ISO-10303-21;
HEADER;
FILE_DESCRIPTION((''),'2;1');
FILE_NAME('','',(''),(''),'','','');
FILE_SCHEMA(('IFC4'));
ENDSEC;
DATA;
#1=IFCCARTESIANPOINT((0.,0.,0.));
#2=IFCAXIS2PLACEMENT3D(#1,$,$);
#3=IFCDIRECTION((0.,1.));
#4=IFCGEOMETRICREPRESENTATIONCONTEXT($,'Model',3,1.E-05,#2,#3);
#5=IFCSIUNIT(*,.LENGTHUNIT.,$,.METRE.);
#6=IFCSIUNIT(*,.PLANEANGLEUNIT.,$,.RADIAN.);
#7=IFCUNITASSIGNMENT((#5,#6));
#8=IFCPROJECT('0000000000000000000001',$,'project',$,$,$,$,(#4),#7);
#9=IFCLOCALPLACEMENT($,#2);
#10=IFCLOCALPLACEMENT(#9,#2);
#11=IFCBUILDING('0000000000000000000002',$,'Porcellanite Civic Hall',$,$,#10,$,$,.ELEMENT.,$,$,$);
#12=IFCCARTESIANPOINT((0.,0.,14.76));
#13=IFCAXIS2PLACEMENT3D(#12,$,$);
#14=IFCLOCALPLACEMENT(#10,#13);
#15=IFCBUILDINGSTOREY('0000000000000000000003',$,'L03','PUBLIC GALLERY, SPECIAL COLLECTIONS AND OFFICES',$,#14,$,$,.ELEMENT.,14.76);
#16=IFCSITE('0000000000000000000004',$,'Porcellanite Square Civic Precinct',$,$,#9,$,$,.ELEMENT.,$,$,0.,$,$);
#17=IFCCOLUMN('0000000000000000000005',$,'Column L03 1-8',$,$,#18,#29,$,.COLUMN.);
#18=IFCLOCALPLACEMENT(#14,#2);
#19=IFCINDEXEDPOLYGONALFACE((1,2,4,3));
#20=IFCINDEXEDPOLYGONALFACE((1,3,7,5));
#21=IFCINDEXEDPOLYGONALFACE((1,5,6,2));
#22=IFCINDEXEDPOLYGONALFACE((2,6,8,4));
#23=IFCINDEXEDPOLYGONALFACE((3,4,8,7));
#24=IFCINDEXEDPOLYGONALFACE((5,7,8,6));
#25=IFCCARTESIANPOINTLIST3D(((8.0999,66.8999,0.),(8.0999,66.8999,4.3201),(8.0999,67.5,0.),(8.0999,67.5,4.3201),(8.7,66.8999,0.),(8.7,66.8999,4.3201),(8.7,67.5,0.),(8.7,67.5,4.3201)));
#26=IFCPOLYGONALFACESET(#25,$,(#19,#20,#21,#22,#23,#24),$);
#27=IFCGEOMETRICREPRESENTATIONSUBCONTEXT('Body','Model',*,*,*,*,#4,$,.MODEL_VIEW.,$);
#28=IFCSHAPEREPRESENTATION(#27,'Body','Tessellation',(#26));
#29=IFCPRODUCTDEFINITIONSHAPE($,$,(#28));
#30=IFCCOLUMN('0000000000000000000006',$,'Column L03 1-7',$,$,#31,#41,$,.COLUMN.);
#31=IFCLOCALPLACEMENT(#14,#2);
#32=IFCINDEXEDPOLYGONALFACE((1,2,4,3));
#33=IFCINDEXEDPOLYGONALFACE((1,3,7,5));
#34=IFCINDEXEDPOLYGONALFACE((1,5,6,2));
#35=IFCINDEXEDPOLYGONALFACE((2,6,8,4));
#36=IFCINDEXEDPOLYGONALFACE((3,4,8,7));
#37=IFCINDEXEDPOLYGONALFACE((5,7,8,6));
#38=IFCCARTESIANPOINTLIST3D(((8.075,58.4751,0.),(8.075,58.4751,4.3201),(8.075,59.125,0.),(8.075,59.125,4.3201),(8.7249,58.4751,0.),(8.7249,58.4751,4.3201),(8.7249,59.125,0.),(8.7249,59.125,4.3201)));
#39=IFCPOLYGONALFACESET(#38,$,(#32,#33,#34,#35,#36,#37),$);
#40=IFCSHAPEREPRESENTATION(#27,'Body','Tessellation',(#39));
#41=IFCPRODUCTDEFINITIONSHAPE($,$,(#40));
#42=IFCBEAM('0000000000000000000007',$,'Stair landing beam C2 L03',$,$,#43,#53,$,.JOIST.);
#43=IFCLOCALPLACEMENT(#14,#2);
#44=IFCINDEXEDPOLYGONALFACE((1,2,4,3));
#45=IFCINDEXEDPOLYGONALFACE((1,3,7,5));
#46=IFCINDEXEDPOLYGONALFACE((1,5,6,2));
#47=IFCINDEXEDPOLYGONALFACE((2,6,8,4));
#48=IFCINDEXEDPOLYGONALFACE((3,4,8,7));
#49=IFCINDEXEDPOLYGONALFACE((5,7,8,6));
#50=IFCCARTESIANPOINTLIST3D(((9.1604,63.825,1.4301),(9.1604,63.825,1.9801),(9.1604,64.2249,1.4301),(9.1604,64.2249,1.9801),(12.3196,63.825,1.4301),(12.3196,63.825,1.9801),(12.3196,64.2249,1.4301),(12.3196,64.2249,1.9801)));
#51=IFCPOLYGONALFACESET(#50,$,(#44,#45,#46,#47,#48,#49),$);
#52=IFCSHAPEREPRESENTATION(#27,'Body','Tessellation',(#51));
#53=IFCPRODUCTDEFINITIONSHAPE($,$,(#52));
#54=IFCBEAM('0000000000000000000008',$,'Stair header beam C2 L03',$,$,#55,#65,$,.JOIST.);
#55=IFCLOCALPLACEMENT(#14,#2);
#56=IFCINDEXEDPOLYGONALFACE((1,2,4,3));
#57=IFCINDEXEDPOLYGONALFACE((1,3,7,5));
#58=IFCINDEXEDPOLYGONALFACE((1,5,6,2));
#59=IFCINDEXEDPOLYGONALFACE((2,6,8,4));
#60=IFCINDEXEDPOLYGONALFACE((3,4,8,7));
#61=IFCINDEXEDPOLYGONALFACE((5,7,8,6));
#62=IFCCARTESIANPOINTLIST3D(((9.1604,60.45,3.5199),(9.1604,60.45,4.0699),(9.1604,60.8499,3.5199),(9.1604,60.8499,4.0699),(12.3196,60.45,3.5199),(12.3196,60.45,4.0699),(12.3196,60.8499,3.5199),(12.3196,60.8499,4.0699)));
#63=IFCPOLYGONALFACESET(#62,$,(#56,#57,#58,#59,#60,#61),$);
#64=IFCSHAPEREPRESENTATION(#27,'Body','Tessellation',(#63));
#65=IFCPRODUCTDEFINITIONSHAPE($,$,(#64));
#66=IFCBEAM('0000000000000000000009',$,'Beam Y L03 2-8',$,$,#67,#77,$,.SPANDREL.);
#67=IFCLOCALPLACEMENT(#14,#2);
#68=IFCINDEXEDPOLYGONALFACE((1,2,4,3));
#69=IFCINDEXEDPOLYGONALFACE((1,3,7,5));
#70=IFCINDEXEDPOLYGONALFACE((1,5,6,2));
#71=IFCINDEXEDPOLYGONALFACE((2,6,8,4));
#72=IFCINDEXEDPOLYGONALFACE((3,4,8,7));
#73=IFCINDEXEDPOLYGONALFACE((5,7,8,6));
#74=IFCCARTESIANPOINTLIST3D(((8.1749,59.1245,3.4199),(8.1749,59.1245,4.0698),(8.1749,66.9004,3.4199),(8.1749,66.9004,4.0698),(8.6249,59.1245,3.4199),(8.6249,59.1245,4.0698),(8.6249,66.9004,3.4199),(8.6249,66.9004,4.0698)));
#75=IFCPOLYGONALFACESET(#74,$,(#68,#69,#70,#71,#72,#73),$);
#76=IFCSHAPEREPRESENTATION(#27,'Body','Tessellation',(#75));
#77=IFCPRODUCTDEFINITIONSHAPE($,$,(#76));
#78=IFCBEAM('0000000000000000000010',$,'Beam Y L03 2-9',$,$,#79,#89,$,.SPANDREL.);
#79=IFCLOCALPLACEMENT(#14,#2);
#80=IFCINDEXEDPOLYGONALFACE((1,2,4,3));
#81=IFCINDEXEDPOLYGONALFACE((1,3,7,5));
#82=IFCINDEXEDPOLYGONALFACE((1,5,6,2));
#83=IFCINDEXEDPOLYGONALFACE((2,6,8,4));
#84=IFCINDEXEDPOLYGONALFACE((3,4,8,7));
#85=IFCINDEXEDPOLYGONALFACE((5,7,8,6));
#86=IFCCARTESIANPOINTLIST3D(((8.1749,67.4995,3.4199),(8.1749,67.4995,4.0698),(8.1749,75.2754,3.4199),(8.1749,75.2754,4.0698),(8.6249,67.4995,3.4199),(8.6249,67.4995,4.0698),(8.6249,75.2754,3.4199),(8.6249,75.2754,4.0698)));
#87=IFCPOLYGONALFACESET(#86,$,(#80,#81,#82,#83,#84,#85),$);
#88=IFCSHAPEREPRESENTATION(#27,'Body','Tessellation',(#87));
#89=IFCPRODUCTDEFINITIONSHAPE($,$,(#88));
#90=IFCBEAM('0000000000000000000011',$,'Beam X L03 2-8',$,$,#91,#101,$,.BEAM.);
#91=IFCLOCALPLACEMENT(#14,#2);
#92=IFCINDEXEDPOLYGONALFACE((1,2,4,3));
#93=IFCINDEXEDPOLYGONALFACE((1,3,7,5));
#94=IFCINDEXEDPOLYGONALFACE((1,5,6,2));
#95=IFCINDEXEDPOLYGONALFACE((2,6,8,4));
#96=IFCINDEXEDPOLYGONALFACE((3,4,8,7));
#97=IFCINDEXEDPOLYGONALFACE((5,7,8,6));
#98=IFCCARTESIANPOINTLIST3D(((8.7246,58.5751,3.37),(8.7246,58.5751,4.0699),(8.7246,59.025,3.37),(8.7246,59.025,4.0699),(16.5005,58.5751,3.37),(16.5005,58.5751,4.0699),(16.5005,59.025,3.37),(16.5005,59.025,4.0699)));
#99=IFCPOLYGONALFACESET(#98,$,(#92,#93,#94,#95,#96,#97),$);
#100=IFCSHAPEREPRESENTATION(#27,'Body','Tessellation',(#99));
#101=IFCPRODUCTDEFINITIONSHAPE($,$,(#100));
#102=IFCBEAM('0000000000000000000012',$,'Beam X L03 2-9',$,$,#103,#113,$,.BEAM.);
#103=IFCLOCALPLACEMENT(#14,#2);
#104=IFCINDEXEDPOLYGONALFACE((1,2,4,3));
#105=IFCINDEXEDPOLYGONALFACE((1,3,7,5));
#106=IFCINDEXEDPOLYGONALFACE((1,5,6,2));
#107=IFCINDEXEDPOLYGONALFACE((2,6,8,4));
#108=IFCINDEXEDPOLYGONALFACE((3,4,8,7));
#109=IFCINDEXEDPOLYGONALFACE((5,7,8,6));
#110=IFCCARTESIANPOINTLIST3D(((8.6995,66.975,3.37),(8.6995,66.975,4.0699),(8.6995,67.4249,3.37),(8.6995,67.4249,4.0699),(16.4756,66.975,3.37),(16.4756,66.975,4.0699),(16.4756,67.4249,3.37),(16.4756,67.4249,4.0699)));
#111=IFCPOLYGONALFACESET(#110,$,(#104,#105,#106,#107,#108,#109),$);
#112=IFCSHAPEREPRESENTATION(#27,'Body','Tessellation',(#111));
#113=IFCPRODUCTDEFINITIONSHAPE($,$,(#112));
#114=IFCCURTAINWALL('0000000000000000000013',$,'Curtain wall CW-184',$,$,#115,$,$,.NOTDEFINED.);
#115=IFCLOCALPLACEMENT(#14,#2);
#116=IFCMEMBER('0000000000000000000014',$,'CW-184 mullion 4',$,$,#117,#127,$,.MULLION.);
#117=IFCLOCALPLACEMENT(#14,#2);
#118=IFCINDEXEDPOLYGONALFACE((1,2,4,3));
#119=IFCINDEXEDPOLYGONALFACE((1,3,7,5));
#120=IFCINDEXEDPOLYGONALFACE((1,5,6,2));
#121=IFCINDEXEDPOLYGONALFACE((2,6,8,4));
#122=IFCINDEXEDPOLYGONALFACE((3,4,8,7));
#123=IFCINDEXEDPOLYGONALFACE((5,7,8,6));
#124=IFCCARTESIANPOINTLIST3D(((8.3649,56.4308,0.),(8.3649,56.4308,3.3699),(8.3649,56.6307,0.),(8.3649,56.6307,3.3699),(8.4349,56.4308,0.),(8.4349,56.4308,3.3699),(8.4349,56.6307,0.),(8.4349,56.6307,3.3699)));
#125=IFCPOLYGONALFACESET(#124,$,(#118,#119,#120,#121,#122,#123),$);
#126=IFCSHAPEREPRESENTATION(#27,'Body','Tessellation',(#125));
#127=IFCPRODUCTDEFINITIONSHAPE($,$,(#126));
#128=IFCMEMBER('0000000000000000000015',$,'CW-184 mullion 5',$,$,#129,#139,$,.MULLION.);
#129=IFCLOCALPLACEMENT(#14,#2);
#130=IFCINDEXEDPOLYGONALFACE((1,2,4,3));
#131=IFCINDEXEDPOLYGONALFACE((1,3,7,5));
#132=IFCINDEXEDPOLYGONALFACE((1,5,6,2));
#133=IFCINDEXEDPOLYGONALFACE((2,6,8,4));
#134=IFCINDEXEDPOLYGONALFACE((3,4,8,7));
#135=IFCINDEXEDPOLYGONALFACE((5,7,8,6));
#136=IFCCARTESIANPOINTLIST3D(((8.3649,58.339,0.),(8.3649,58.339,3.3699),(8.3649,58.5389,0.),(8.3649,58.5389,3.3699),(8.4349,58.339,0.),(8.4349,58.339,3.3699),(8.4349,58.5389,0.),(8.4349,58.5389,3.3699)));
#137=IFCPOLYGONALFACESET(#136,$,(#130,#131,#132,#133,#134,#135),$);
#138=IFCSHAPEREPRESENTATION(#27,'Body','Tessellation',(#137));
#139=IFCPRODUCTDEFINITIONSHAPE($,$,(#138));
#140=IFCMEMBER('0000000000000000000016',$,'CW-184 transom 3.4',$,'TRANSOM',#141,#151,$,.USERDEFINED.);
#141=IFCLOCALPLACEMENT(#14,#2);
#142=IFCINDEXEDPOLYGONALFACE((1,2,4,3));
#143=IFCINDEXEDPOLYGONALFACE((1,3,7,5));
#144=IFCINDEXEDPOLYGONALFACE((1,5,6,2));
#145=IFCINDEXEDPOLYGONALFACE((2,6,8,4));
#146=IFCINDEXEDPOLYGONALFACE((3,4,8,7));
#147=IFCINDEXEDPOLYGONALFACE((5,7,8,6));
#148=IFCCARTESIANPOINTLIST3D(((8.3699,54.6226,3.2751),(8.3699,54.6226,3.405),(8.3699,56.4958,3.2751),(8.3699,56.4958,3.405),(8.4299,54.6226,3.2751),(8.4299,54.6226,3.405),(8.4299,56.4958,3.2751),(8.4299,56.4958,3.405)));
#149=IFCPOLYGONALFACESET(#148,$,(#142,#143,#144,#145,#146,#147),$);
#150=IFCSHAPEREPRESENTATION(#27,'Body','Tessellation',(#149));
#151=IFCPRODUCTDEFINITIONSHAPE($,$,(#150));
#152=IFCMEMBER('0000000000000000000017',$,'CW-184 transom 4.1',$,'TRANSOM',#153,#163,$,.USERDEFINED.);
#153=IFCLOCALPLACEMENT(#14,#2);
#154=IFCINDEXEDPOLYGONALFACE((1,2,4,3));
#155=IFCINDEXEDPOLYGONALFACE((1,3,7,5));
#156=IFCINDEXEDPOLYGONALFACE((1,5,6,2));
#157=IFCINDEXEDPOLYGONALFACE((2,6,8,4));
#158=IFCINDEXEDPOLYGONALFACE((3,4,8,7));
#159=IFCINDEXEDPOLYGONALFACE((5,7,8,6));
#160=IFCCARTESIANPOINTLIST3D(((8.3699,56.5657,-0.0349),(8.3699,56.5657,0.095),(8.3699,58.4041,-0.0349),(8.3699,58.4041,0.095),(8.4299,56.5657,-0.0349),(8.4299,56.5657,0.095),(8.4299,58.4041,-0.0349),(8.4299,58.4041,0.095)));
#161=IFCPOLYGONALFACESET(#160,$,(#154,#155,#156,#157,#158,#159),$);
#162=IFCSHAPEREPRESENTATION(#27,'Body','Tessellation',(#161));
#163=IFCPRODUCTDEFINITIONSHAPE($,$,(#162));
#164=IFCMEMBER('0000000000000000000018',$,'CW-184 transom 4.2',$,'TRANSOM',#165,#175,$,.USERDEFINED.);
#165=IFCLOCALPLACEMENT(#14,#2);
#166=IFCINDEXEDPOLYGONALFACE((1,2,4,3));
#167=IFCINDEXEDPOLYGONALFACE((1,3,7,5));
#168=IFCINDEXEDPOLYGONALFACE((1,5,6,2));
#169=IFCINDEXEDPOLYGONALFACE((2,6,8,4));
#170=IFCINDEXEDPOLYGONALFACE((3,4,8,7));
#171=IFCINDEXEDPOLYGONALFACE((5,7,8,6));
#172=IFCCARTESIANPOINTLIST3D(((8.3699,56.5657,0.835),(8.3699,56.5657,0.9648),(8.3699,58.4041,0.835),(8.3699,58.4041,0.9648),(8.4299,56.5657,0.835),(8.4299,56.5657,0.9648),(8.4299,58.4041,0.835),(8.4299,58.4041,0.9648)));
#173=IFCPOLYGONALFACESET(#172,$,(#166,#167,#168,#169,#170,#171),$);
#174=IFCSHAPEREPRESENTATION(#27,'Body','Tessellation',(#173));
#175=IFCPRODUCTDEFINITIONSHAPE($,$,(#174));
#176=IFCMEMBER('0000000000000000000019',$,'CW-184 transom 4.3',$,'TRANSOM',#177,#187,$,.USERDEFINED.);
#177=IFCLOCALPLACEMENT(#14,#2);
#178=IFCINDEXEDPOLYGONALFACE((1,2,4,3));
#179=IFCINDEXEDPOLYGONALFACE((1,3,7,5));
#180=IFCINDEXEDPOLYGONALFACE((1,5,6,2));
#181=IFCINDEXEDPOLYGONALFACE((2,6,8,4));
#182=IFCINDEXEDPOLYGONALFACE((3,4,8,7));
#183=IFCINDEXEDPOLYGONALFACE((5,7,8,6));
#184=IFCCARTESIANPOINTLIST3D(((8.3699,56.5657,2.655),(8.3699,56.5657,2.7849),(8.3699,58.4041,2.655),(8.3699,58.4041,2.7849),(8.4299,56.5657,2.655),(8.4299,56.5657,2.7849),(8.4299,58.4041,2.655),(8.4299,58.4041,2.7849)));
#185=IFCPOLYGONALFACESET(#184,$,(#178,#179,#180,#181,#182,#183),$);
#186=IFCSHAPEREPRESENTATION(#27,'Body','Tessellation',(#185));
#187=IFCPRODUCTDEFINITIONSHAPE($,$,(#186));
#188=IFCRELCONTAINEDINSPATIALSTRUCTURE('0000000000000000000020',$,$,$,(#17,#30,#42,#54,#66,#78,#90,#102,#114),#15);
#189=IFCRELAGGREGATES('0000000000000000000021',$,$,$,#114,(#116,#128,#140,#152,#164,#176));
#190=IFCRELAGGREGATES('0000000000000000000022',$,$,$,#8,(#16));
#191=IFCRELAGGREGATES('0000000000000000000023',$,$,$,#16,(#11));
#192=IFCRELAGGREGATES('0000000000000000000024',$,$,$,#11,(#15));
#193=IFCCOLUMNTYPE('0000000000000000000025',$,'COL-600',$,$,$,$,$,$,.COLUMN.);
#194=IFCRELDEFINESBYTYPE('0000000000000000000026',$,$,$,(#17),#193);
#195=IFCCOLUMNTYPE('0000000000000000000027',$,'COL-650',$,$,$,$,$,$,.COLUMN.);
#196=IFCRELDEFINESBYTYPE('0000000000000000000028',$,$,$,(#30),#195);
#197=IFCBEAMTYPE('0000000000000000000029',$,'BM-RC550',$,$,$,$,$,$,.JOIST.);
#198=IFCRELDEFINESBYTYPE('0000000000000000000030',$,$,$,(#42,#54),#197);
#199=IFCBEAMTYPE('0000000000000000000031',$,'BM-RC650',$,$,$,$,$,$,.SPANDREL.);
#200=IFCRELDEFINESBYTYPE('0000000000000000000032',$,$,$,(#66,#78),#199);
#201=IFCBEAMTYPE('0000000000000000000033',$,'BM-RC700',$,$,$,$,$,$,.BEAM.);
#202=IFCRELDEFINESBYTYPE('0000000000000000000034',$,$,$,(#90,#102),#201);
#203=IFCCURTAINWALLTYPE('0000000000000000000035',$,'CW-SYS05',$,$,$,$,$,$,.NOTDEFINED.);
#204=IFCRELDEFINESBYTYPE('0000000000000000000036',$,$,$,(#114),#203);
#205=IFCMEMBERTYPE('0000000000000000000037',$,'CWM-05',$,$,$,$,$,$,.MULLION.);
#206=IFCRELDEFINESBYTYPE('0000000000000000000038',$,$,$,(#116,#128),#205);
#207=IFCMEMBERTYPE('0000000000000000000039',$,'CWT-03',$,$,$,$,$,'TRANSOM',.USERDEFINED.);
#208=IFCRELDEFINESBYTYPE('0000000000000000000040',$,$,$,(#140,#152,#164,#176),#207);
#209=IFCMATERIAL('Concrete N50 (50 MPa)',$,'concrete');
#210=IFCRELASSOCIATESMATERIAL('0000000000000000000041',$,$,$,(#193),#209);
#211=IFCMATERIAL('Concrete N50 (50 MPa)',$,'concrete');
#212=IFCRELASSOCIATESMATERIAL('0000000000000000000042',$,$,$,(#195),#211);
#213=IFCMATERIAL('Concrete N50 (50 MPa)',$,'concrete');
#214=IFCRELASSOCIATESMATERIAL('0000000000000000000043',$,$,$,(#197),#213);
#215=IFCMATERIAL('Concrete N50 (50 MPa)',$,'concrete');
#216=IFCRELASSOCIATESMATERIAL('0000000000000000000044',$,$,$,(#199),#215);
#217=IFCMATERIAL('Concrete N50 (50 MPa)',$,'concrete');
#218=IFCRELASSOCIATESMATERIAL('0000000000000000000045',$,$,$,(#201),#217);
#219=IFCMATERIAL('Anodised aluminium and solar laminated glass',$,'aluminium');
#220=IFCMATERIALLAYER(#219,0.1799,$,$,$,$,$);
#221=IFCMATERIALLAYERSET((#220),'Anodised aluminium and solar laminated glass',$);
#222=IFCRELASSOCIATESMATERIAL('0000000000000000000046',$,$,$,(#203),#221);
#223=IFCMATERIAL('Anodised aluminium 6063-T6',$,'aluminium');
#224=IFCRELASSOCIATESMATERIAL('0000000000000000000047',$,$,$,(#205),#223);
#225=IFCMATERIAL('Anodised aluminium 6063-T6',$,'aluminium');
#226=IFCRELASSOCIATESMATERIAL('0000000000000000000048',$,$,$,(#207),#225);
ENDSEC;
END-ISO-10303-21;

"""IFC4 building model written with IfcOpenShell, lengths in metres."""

from ifc_helpers import new_model, si_unit, direction, frame, origin, origin_2d, place, context, subcontext, project, spatial, rectangle, extrude, material, layer, layer_set, material_profile, profile_set, type_object, element, aggregate, save


model = new_model("IFC4")

# Units and contexts
model_context = context("Model", 3, precision=1e-05, world=origin(), true_north=direction((0.0, 1.0)))
body_context = subcontext(model_context, "Body", "Model", "MODEL_VIEW")
ifc_project = project(units=[si_unit("LENGTHUNIT", "METRE"), si_unit("PLANEANGLEUNIT", "RADIAN")], contexts=[model_context])

# Site, building, storey
site_placement = place(None, origin())
site = spatial("IfcSite", under=ifc_project, at=site_placement, Name="Porcellanite Square Civic Precinct", CompositionType="ELEMENT", RefElevation=0.0)
building_placement = place(site_placement, origin())
building = spatial("IfcBuilding", under=site, at=building_placement, Name="Porcellanite Civic Hall", CompositionType="ELEMENT")
storey_placement = place(building_placement, frame((0.0, 0.0, 14.76)))
storey = spatial("IfcBuildingStorey", under=building, at=storey_placement, Name="L03", Description="PUBLIC GALLERY, SPECIAL COLLECTIONS AND OFFICES", CompositionType="ELEMENT", Elevation=14.76)

# Columns
ifc_material_1 = material(Name="Concrete N50 (50 MPa)", Category="concrete")
ifc_material_profile_1 = material_profile(ifc_material_1, rectangle(XDim=0.6001, YDim=0.6001, at=origin_2d()), Name="RC-600x600")
ifc_profile_set_1 = profile_set([ifc_material_profile_1], Name="Concrete N50 (50 MPa)")
column_type_1 = type_object("IfcColumnType", Name="COL-600", PredefinedType="COLUMN", material=ifc_profile_set_1)
column_1_placement = place(storey_placement, frame((8.3999, 67.2, 0.0), z_axis=(0.0, 0.0, 1.0), x_axis=(1.0, 0.0, 0.0)))
element("IfcColumn", 1, at=column_1_placement, inside=storey, type_object=column_type_1, Name="Column L03 1-8", PredefinedType="COLUMN", context=body_context, shape_type="SweptSolid", body=[
    extrude(rectangle(XDim=0.6001, YDim=0.6001, at=origin_2d()), origin(), (0.0, 0.0, 1.0), 4.3201),
])
ifc_material_2 = material(Name="Concrete N50 (50 MPa)", Category="concrete")
ifc_material_profile_2 = material_profile(ifc_material_2, rectangle(XDim=0.6499, YDim=0.6499, at=origin_2d()), Name="RC-650x650")
ifc_profile_set_2 = profile_set([ifc_material_profile_2], Name="Concrete N50 (50 MPa)")
column_type_2 = type_object("IfcColumnType", Name="COL-650", PredefinedType="COLUMN", material=ifc_profile_set_2)
column_2_placement = place(storey_placement, frame((8.3999, 58.8, 0.0), z_axis=(0.0, 0.0, 1.0), x_axis=(1.0, 0.0, 0.0)))
element("IfcColumn", 2, at=column_2_placement, inside=storey, type_object=column_type_2, Name="Column L03 1-7", PredefinedType="COLUMN", context=body_context, shape_type="SweptSolid", body=[
    extrude(rectangle(XDim=0.6499, YDim=0.6499, at=origin_2d()), origin(), (0.0, 0.0, 1.0), 4.3201),
])

# Beams
ifc_material_3 = material(Name="Concrete N50 (50 MPa)", Category="concrete")
ifc_material_profile_3 = material_profile(ifc_material_3, rectangle(XDim=0.3999, YDim=0.55, at=origin_2d()), Name="RC-400x550")
ifc_profile_set_3 = profile_set([ifc_material_profile_3], Name="Concrete N50 (50 MPa)")
beam_type_1 = type_object("IfcBeamType", Name="BM-RC550", PredefinedType="JOIST", material=ifc_profile_set_3)
for number, where, z_axis, x_axis, name in (
    (3, (9.1604, 64.0249, 1.7051), (1.0, 0.0, 0.0), (0.0, 1.0, 0.0), "Stair landing beam C2 L03"),
    (4, (9.1604, 60.6499, 3.7949), (1.0, 0.0, 0.0), (0.0, 1.0, 0.0), "Stair header beam C2 L03"),
):
    element("IfcBeam", number, at=place(storey_placement, frame(where, z_axis=z_axis, x_axis=x_axis)), inside=storey, type_object=beam_type_1, Name=name, PredefinedType="JOIST", context=body_context, shape_type="SweptSolid", body=[
        extrude(rectangle(XDim=0.3999, YDim=0.55, at=origin_2d()), origin(), (0.0, 0.0, 1.0), 3.1592),
    ])
ifc_material_4 = material(Name="Concrete N50 (50 MPa)", Category="concrete")
ifc_material_profile_4 = material_profile(ifc_material_4, rectangle(XDim=0.45, YDim=0.6499, at=origin_2d()), Name="RC-450x650")
ifc_profile_set_4 = profile_set([ifc_material_profile_4], Name="Concrete N50 (50 MPa)")
beam_type_2 = type_object("IfcBeamType", Name="BM-RC650", PredefinedType="SPANDREL", material=ifc_profile_set_4)
for number, where, z_axis, x_axis, name in (
    (5, (8.3999, 59.1245, 3.7449), (0.0, 1.0, 0.0), (-1.0, 0.0, 0.0), "Beam Y L03 2-8"),
    (6, (8.3999, 67.4995, 3.7449), (0.0, 1.0, 0.0), (-1.0, 0.0, 0.0), "Beam Y L03 2-9"),
):
    element("IfcBeam", number, at=place(storey_placement, frame(where, z_axis=z_axis, x_axis=x_axis)), inside=storey, type_object=beam_type_2, Name=name, PredefinedType="SPANDREL", context=body_context, shape_type="SweptSolid", body=[
        extrude(rectangle(XDim=0.45, YDim=0.6499, at=origin_2d()), origin(), (0.0, 0.0, 1.0), 7.7759),
    ])
ifc_material_5 = material(Name="Concrete N50 (50 MPa)", Category="concrete")
ifc_material_profile_5 = material_profile(ifc_material_5, rectangle(XDim=0.45, YDim=0.7, at=origin_2d()), Name="RC-450x700")
ifc_profile_set_5 = profile_set([ifc_material_profile_5], Name="Concrete N50 (50 MPa)")
beam_type_3 = type_object("IfcBeamType", Name="BM-RC700", PredefinedType="BEAM", material=ifc_profile_set_5)
beam_1_placement = place(storey_placement, frame((8.7246, 58.8, 3.72), z_axis=(1.0, 0.0, 0.0), x_axis=(0.0, 1.0, 0.0)))
element("IfcBeam", 7, at=beam_1_placement, inside=storey, type_object=beam_type_3, Name="Beam X L03 2-8", PredefinedType="BEAM", context=body_context, shape_type="SweptSolid", body=[
    extrude(rectangle(XDim=0.45, YDim=0.7, at=origin_2d()), origin(), (0.0, 0.0, 1.0), 7.7759),
])
beam_2_placement = place(storey_placement, frame((8.6995, 67.2, 3.72), z_axis=(1.0, 0.0, 0.0), x_axis=(0.0, 1.0, 0.0)))
element("IfcBeam", 8, at=beam_2_placement, inside=storey, type_object=beam_type_3, Name="Beam X L03 2-9", PredefinedType="BEAM", context=body_context, shape_type="SweptSolid", body=[
    extrude(rectangle(XDim=0.45, YDim=0.7, at=origin_2d()), origin(), (0.0, 0.0, 1.0), 7.7761),
])

# Curtain wall, members
ifc_material_6 = material(Name="Anodised aluminium and solar laminated glass", Category="aluminium")
ifc_layer_1 = layer(ifc_material_6, 0.1799)
ifc_layer_set_1 = layer_set([ifc_layer_1], Name="Anodised aluminium and solar laminated glass")
curtain_wall_type = type_object("IfcCurtainWallType", Name="CW-SYS05", PredefinedType="NOTDEFINED", material=ifc_layer_set_1)
curtain_wall_placement = place(storey_placement, origin())
curtain_wall = element("IfcCurtainWall", 9, at=curtain_wall_placement, inside=storey, type_object=curtain_wall_type, Name="Curtain wall CW-184", PredefinedType="NOTDEFINED")
ifc_material_7 = material(Name="Anodised aluminium 6063-T6", Category="aluminium")
ifc_material_profile_6 = material_profile(ifc_material_7, rectangle(XDim=0.0701, YDim=0.2, at=origin_2d()), Name="AL-70x200")
ifc_profile_set_6 = profile_set([ifc_material_profile_6], Name="Anodised aluminium 6063-T6")
member_type_1 = type_object("IfcMemberType", Name="CWM-05", PredefinedType="MULLION", material=ifc_profile_set_6)
member_1_placement = place(storey_placement, frame((8.3999, 56.5308, 0.0), z_axis=(0.0, 0.0, 1.0), x_axis=(-1.0, 0.0, 0.0)))
member_1 = element("IfcMember", 10, at=member_1_placement, type_object=member_type_1, Name="CW-184 mullion 4", PredefinedType="MULLION", context=body_context, shape_type="SweptSolid", body=[
    extrude(rectangle(XDim=0.0701, YDim=0.2, at=origin_2d()), origin(), (0.0, 0.0, 1.0), 3.3699),
])
member_2_placement = place(storey_placement, frame((8.3999, 58.439, 0.0), z_axis=(0.0, 0.0, 1.0), x_axis=(-1.0, 0.0, 0.0)))
member_2 = element("IfcMember", 11, at=member_2_placement, type_object=member_type_1, Name="CW-184 mullion 5", PredefinedType="MULLION", context=body_context, shape_type="SweptSolid", body=[
    extrude(rectangle(XDim=0.0701, YDim=0.2, at=origin_2d()), origin(), (0.0, 0.0, 1.0), 3.3699),
])
ifc_material_8 = material(Name="Anodised aluminium 6063-T6", Category="aluminium")
ifc_material_profile_7 = material_profile(ifc_material_8, rectangle(XDim=0.0601, YDim=0.1299, at=origin_2d()), Name="AL-60x130")
ifc_profile_set_7 = profile_set([ifc_material_profile_7], Name="Anodised aluminium 6063-T6")
member_type_2 = type_object("IfcMemberType", Name="CWT-03", ElementType="TRANSOM", PredefinedType="USERDEFINED", material=ifc_profile_set_7)
member_3_placement = place(storey_placement, frame((8.3999, 54.6226, 3.3401), z_axis=(0.0, 1.0, 0.0), x_axis=(-1.0, 0.0, 0.0)))
member_3 = element("IfcMember", 12, at=member_3_placement, type_object=member_type_2, Name="CW-184 transom 3.4", ObjectType="TRANSOM", PredefinedType="USERDEFINED", context=body_context, shape_type="SweptSolid", body=[
    extrude(rectangle(XDim=0.0601, YDim=0.1299, at=origin_2d()), origin(), (0.0, 0.0, 1.0), 1.8733),
])
member_4_placement = place(storey_placement, frame((8.3999, 56.5657, 0.03), z_axis=(0.0, 1.0, 0.0), x_axis=(-1.0, 0.0, 0.0)))
member_4 = element("IfcMember", 13, at=member_4_placement, type_object=member_type_2, Name="CW-184 transom 4.1", ObjectType="TRANSOM", PredefinedType="USERDEFINED", context=body_context, shape_type="SweptSolid", body=[
    extrude(rectangle(XDim=0.0601, YDim=0.1299, at=origin_2d()), origin(), (0.0, 0.0, 1.0), 1.8384),
])
member_5_placement = place(storey_placement, frame((8.3999, 56.5657, 0.8999), z_axis=(0.0, 1.0, 0.0), x_axis=(-1.0, 0.0, 0.0)))
member_5 = element("IfcMember", 14, at=member_5_placement, type_object=member_type_2, Name="CW-184 transom 4.2", ObjectType="TRANSOM", PredefinedType="USERDEFINED", context=body_context, shape_type="SweptSolid", body=[
    extrude(rectangle(XDim=0.0601, YDim=0.1299, at=origin_2d()), origin(), (0.0, 0.0, 1.0), 1.8384),
])
member_6_placement = place(storey_placement, frame((8.3999, 56.5657, 2.72), z_axis=(0.0, 1.0, 0.0), x_axis=(-1.0, 0.0, 0.0)))
member_6 = element("IfcMember", 15, at=member_6_placement, type_object=member_type_2, Name="CW-184 transom 4.3", ObjectType="TRANSOM", PredefinedType="USERDEFINED", context=body_context, shape_type="SweptSolid", body=[
    extrude(rectangle(XDim=0.0601, YDim=0.1299, at=origin_2d()), origin(), (0.0, 0.0, 1.0), 1.8384),
])
aggregate(curtain_wall, [member_1, member_2, member_3, member_4, member_5, member_6])

save(model, "model.ifc")
